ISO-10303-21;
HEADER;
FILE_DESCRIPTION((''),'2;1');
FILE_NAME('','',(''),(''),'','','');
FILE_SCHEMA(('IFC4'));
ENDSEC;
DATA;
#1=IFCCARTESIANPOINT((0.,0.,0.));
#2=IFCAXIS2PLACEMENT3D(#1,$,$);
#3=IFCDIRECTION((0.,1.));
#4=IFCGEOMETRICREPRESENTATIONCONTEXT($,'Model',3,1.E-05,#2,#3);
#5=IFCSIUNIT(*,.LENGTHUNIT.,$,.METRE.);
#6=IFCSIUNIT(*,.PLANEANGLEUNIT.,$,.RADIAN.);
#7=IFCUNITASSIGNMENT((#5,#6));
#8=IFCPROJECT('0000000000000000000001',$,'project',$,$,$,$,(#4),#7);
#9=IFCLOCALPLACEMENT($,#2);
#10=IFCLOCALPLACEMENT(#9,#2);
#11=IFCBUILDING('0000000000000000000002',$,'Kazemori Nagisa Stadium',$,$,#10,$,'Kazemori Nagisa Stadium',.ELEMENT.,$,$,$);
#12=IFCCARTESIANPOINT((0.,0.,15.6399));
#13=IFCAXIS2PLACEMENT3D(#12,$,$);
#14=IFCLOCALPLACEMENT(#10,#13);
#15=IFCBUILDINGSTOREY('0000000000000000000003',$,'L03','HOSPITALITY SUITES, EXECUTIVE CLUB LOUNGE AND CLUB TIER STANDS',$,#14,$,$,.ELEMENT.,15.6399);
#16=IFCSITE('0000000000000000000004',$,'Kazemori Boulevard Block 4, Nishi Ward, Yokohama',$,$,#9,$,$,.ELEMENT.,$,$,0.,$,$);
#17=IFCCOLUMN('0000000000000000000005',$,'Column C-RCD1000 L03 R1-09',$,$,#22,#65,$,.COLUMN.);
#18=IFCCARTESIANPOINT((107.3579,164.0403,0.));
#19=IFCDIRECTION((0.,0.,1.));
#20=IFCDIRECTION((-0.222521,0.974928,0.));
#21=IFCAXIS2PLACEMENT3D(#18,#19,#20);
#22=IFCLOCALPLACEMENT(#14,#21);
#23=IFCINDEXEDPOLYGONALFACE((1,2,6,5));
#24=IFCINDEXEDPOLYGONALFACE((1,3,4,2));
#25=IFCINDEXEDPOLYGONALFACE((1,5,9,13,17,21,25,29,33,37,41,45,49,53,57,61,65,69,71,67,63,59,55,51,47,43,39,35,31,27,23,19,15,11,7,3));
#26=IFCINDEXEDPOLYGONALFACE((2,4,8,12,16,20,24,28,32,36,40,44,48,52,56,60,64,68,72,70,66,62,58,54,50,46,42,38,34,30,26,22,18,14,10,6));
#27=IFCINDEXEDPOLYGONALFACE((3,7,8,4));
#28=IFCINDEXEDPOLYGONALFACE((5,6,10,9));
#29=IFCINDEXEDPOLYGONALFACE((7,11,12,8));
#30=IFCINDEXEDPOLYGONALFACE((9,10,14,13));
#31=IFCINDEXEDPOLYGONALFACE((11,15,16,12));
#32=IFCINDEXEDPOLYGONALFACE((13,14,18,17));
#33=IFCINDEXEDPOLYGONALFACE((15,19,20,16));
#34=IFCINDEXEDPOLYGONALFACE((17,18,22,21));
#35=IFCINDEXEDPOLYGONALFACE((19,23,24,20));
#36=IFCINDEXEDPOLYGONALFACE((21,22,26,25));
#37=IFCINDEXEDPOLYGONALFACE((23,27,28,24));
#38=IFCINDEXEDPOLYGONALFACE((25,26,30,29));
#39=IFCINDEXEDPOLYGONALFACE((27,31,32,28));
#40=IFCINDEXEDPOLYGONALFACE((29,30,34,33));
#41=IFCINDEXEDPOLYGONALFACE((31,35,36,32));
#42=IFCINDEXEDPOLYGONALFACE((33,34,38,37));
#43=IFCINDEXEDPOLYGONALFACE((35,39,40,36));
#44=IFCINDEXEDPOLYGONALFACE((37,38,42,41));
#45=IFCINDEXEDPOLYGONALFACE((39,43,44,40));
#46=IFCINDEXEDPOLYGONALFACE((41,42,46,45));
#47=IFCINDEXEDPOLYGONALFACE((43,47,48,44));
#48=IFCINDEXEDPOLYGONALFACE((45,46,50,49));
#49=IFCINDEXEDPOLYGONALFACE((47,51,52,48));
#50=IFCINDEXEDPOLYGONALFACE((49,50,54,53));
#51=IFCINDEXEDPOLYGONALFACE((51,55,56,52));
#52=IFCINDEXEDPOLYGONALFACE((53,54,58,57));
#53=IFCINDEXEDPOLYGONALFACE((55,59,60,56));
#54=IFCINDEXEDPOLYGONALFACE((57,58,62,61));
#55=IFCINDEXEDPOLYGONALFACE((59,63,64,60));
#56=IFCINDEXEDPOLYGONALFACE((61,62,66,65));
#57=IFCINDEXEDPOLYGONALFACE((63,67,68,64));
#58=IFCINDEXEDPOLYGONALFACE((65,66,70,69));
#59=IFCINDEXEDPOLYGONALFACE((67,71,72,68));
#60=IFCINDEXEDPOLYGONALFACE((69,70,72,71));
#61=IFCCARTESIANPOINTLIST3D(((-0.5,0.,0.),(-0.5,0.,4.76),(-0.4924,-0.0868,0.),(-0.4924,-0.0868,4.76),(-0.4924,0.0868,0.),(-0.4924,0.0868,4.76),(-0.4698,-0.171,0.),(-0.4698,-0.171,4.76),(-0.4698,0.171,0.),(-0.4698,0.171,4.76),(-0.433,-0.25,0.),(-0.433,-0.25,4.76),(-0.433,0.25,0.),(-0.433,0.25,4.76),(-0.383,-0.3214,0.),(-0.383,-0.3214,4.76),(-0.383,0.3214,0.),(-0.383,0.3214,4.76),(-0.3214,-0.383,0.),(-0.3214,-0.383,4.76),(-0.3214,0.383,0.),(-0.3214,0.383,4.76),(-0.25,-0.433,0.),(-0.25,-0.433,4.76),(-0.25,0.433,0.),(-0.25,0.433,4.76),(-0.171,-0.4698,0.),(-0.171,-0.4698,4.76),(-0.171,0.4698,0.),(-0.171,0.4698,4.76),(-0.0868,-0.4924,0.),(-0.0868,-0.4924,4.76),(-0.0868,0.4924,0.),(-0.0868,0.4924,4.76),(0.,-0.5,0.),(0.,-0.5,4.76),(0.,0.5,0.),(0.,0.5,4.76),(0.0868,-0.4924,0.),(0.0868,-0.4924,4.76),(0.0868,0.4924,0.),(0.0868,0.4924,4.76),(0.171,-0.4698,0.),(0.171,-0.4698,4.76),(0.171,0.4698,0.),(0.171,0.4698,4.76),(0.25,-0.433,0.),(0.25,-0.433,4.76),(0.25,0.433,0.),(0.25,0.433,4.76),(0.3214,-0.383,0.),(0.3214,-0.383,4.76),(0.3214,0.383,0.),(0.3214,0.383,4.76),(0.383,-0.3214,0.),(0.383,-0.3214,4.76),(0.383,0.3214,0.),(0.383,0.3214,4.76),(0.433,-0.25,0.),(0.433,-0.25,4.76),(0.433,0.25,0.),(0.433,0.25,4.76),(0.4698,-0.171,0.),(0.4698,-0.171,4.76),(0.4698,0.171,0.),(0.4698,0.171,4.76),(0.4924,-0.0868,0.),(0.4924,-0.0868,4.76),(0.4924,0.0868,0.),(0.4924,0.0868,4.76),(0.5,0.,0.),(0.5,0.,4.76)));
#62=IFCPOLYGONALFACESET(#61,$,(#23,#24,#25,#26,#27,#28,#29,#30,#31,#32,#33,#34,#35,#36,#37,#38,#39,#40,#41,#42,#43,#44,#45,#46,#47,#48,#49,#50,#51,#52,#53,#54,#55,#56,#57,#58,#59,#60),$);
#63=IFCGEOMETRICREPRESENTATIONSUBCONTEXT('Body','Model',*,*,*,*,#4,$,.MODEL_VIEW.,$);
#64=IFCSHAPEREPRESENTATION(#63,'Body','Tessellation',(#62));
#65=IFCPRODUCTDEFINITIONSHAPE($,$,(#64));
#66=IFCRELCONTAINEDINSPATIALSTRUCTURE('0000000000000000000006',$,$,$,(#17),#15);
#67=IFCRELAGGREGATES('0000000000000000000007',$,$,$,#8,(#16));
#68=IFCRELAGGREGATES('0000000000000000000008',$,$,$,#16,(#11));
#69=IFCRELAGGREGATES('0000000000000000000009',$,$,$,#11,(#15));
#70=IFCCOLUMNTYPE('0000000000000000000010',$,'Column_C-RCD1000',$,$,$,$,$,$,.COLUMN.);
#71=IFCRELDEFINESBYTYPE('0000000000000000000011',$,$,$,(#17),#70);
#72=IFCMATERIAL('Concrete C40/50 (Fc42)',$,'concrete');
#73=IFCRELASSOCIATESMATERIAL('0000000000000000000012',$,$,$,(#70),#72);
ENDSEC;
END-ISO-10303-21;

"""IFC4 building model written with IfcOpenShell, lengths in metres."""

from ifc_helpers import new_model, si_unit, direction, frame, origin, origin_2d, place, context, subcontext, project, spatial, circle, extrude, material, material_profile, profile_set, type_object, element, save


model = new_model("IFC4")

# Units and contexts
model_context = context("Model", 3, precision=1e-05, world=origin(), true_north=direction((0.0, 1.0)))
body_context = subcontext(model_context, "Body", "Model", "MODEL_VIEW")
ifc_project = project(units=[si_unit("LENGTHUNIT", "METRE"), si_unit("PLANEANGLEUNIT", "RADIAN")], contexts=[model_context])

# Site, building, storey
site_placement = place(None, origin())
site = spatial("IfcSite", under=ifc_project, at=site_placement, Name="Kazemori Boulevard Block 4, Nishi Ward, Yokohama", CompositionType="ELEMENT", RefElevation=0.0)
building_placement = place(site_placement, origin())
building = spatial("IfcBuilding", under=site, at=building_placement, Name="Kazemori Nagisa Stadium", LongName="Kazemori Nagisa Stadium", CompositionType="ELEMENT")
storey_placement = place(building_placement, frame((0.0, 0.0, 15.6399)))
storey = spatial("IfcBuildingStorey", under=building, at=storey_placement, Name="L03", Description="HOSPITALITY SUITES, EXECUTIVE CLUB LOUNGE AND CLUB TIER STANDS", CompositionType="ELEMENT", Elevation=15.6399)

# Column
ifc_material_1 = material(Name="Concrete C40/50 (Fc42)", Category="concrete")
ifc_material_profile_1 = material_profile(ifc_material_1, circle(Radius=0.5, at=origin_2d()), Name="RC-COL-D1000")
ifc_profile_set_1 = profile_set([ifc_material_profile_1], Name="Concrete C40/50 (Fc42)")
column_type = type_object("IfcColumnType", Name="Column_C-RCD1000", PredefinedType="COLUMN", material=ifc_profile_set_1)
column_placement = place(storey_placement, frame((107.3579, 164.0403, 0.0), z_axis=(0.0, 0.0, 1.0), x_axis=(-0.222521, 0.974928, 0.0)))
element("IfcColumn", 1, at=column_placement, inside=storey, type_object=column_type, Name="Column C-RCD1000 L03 R1-09", PredefinedType="COLUMN", context=body_context, shape_type="SweptSolid", body=[
    extrude(circle(Radius=0.5, at=origin_2d()), origin(), (0.0, 0.0, 1.0), 4.76),
])

save(model, "model.ifc")
